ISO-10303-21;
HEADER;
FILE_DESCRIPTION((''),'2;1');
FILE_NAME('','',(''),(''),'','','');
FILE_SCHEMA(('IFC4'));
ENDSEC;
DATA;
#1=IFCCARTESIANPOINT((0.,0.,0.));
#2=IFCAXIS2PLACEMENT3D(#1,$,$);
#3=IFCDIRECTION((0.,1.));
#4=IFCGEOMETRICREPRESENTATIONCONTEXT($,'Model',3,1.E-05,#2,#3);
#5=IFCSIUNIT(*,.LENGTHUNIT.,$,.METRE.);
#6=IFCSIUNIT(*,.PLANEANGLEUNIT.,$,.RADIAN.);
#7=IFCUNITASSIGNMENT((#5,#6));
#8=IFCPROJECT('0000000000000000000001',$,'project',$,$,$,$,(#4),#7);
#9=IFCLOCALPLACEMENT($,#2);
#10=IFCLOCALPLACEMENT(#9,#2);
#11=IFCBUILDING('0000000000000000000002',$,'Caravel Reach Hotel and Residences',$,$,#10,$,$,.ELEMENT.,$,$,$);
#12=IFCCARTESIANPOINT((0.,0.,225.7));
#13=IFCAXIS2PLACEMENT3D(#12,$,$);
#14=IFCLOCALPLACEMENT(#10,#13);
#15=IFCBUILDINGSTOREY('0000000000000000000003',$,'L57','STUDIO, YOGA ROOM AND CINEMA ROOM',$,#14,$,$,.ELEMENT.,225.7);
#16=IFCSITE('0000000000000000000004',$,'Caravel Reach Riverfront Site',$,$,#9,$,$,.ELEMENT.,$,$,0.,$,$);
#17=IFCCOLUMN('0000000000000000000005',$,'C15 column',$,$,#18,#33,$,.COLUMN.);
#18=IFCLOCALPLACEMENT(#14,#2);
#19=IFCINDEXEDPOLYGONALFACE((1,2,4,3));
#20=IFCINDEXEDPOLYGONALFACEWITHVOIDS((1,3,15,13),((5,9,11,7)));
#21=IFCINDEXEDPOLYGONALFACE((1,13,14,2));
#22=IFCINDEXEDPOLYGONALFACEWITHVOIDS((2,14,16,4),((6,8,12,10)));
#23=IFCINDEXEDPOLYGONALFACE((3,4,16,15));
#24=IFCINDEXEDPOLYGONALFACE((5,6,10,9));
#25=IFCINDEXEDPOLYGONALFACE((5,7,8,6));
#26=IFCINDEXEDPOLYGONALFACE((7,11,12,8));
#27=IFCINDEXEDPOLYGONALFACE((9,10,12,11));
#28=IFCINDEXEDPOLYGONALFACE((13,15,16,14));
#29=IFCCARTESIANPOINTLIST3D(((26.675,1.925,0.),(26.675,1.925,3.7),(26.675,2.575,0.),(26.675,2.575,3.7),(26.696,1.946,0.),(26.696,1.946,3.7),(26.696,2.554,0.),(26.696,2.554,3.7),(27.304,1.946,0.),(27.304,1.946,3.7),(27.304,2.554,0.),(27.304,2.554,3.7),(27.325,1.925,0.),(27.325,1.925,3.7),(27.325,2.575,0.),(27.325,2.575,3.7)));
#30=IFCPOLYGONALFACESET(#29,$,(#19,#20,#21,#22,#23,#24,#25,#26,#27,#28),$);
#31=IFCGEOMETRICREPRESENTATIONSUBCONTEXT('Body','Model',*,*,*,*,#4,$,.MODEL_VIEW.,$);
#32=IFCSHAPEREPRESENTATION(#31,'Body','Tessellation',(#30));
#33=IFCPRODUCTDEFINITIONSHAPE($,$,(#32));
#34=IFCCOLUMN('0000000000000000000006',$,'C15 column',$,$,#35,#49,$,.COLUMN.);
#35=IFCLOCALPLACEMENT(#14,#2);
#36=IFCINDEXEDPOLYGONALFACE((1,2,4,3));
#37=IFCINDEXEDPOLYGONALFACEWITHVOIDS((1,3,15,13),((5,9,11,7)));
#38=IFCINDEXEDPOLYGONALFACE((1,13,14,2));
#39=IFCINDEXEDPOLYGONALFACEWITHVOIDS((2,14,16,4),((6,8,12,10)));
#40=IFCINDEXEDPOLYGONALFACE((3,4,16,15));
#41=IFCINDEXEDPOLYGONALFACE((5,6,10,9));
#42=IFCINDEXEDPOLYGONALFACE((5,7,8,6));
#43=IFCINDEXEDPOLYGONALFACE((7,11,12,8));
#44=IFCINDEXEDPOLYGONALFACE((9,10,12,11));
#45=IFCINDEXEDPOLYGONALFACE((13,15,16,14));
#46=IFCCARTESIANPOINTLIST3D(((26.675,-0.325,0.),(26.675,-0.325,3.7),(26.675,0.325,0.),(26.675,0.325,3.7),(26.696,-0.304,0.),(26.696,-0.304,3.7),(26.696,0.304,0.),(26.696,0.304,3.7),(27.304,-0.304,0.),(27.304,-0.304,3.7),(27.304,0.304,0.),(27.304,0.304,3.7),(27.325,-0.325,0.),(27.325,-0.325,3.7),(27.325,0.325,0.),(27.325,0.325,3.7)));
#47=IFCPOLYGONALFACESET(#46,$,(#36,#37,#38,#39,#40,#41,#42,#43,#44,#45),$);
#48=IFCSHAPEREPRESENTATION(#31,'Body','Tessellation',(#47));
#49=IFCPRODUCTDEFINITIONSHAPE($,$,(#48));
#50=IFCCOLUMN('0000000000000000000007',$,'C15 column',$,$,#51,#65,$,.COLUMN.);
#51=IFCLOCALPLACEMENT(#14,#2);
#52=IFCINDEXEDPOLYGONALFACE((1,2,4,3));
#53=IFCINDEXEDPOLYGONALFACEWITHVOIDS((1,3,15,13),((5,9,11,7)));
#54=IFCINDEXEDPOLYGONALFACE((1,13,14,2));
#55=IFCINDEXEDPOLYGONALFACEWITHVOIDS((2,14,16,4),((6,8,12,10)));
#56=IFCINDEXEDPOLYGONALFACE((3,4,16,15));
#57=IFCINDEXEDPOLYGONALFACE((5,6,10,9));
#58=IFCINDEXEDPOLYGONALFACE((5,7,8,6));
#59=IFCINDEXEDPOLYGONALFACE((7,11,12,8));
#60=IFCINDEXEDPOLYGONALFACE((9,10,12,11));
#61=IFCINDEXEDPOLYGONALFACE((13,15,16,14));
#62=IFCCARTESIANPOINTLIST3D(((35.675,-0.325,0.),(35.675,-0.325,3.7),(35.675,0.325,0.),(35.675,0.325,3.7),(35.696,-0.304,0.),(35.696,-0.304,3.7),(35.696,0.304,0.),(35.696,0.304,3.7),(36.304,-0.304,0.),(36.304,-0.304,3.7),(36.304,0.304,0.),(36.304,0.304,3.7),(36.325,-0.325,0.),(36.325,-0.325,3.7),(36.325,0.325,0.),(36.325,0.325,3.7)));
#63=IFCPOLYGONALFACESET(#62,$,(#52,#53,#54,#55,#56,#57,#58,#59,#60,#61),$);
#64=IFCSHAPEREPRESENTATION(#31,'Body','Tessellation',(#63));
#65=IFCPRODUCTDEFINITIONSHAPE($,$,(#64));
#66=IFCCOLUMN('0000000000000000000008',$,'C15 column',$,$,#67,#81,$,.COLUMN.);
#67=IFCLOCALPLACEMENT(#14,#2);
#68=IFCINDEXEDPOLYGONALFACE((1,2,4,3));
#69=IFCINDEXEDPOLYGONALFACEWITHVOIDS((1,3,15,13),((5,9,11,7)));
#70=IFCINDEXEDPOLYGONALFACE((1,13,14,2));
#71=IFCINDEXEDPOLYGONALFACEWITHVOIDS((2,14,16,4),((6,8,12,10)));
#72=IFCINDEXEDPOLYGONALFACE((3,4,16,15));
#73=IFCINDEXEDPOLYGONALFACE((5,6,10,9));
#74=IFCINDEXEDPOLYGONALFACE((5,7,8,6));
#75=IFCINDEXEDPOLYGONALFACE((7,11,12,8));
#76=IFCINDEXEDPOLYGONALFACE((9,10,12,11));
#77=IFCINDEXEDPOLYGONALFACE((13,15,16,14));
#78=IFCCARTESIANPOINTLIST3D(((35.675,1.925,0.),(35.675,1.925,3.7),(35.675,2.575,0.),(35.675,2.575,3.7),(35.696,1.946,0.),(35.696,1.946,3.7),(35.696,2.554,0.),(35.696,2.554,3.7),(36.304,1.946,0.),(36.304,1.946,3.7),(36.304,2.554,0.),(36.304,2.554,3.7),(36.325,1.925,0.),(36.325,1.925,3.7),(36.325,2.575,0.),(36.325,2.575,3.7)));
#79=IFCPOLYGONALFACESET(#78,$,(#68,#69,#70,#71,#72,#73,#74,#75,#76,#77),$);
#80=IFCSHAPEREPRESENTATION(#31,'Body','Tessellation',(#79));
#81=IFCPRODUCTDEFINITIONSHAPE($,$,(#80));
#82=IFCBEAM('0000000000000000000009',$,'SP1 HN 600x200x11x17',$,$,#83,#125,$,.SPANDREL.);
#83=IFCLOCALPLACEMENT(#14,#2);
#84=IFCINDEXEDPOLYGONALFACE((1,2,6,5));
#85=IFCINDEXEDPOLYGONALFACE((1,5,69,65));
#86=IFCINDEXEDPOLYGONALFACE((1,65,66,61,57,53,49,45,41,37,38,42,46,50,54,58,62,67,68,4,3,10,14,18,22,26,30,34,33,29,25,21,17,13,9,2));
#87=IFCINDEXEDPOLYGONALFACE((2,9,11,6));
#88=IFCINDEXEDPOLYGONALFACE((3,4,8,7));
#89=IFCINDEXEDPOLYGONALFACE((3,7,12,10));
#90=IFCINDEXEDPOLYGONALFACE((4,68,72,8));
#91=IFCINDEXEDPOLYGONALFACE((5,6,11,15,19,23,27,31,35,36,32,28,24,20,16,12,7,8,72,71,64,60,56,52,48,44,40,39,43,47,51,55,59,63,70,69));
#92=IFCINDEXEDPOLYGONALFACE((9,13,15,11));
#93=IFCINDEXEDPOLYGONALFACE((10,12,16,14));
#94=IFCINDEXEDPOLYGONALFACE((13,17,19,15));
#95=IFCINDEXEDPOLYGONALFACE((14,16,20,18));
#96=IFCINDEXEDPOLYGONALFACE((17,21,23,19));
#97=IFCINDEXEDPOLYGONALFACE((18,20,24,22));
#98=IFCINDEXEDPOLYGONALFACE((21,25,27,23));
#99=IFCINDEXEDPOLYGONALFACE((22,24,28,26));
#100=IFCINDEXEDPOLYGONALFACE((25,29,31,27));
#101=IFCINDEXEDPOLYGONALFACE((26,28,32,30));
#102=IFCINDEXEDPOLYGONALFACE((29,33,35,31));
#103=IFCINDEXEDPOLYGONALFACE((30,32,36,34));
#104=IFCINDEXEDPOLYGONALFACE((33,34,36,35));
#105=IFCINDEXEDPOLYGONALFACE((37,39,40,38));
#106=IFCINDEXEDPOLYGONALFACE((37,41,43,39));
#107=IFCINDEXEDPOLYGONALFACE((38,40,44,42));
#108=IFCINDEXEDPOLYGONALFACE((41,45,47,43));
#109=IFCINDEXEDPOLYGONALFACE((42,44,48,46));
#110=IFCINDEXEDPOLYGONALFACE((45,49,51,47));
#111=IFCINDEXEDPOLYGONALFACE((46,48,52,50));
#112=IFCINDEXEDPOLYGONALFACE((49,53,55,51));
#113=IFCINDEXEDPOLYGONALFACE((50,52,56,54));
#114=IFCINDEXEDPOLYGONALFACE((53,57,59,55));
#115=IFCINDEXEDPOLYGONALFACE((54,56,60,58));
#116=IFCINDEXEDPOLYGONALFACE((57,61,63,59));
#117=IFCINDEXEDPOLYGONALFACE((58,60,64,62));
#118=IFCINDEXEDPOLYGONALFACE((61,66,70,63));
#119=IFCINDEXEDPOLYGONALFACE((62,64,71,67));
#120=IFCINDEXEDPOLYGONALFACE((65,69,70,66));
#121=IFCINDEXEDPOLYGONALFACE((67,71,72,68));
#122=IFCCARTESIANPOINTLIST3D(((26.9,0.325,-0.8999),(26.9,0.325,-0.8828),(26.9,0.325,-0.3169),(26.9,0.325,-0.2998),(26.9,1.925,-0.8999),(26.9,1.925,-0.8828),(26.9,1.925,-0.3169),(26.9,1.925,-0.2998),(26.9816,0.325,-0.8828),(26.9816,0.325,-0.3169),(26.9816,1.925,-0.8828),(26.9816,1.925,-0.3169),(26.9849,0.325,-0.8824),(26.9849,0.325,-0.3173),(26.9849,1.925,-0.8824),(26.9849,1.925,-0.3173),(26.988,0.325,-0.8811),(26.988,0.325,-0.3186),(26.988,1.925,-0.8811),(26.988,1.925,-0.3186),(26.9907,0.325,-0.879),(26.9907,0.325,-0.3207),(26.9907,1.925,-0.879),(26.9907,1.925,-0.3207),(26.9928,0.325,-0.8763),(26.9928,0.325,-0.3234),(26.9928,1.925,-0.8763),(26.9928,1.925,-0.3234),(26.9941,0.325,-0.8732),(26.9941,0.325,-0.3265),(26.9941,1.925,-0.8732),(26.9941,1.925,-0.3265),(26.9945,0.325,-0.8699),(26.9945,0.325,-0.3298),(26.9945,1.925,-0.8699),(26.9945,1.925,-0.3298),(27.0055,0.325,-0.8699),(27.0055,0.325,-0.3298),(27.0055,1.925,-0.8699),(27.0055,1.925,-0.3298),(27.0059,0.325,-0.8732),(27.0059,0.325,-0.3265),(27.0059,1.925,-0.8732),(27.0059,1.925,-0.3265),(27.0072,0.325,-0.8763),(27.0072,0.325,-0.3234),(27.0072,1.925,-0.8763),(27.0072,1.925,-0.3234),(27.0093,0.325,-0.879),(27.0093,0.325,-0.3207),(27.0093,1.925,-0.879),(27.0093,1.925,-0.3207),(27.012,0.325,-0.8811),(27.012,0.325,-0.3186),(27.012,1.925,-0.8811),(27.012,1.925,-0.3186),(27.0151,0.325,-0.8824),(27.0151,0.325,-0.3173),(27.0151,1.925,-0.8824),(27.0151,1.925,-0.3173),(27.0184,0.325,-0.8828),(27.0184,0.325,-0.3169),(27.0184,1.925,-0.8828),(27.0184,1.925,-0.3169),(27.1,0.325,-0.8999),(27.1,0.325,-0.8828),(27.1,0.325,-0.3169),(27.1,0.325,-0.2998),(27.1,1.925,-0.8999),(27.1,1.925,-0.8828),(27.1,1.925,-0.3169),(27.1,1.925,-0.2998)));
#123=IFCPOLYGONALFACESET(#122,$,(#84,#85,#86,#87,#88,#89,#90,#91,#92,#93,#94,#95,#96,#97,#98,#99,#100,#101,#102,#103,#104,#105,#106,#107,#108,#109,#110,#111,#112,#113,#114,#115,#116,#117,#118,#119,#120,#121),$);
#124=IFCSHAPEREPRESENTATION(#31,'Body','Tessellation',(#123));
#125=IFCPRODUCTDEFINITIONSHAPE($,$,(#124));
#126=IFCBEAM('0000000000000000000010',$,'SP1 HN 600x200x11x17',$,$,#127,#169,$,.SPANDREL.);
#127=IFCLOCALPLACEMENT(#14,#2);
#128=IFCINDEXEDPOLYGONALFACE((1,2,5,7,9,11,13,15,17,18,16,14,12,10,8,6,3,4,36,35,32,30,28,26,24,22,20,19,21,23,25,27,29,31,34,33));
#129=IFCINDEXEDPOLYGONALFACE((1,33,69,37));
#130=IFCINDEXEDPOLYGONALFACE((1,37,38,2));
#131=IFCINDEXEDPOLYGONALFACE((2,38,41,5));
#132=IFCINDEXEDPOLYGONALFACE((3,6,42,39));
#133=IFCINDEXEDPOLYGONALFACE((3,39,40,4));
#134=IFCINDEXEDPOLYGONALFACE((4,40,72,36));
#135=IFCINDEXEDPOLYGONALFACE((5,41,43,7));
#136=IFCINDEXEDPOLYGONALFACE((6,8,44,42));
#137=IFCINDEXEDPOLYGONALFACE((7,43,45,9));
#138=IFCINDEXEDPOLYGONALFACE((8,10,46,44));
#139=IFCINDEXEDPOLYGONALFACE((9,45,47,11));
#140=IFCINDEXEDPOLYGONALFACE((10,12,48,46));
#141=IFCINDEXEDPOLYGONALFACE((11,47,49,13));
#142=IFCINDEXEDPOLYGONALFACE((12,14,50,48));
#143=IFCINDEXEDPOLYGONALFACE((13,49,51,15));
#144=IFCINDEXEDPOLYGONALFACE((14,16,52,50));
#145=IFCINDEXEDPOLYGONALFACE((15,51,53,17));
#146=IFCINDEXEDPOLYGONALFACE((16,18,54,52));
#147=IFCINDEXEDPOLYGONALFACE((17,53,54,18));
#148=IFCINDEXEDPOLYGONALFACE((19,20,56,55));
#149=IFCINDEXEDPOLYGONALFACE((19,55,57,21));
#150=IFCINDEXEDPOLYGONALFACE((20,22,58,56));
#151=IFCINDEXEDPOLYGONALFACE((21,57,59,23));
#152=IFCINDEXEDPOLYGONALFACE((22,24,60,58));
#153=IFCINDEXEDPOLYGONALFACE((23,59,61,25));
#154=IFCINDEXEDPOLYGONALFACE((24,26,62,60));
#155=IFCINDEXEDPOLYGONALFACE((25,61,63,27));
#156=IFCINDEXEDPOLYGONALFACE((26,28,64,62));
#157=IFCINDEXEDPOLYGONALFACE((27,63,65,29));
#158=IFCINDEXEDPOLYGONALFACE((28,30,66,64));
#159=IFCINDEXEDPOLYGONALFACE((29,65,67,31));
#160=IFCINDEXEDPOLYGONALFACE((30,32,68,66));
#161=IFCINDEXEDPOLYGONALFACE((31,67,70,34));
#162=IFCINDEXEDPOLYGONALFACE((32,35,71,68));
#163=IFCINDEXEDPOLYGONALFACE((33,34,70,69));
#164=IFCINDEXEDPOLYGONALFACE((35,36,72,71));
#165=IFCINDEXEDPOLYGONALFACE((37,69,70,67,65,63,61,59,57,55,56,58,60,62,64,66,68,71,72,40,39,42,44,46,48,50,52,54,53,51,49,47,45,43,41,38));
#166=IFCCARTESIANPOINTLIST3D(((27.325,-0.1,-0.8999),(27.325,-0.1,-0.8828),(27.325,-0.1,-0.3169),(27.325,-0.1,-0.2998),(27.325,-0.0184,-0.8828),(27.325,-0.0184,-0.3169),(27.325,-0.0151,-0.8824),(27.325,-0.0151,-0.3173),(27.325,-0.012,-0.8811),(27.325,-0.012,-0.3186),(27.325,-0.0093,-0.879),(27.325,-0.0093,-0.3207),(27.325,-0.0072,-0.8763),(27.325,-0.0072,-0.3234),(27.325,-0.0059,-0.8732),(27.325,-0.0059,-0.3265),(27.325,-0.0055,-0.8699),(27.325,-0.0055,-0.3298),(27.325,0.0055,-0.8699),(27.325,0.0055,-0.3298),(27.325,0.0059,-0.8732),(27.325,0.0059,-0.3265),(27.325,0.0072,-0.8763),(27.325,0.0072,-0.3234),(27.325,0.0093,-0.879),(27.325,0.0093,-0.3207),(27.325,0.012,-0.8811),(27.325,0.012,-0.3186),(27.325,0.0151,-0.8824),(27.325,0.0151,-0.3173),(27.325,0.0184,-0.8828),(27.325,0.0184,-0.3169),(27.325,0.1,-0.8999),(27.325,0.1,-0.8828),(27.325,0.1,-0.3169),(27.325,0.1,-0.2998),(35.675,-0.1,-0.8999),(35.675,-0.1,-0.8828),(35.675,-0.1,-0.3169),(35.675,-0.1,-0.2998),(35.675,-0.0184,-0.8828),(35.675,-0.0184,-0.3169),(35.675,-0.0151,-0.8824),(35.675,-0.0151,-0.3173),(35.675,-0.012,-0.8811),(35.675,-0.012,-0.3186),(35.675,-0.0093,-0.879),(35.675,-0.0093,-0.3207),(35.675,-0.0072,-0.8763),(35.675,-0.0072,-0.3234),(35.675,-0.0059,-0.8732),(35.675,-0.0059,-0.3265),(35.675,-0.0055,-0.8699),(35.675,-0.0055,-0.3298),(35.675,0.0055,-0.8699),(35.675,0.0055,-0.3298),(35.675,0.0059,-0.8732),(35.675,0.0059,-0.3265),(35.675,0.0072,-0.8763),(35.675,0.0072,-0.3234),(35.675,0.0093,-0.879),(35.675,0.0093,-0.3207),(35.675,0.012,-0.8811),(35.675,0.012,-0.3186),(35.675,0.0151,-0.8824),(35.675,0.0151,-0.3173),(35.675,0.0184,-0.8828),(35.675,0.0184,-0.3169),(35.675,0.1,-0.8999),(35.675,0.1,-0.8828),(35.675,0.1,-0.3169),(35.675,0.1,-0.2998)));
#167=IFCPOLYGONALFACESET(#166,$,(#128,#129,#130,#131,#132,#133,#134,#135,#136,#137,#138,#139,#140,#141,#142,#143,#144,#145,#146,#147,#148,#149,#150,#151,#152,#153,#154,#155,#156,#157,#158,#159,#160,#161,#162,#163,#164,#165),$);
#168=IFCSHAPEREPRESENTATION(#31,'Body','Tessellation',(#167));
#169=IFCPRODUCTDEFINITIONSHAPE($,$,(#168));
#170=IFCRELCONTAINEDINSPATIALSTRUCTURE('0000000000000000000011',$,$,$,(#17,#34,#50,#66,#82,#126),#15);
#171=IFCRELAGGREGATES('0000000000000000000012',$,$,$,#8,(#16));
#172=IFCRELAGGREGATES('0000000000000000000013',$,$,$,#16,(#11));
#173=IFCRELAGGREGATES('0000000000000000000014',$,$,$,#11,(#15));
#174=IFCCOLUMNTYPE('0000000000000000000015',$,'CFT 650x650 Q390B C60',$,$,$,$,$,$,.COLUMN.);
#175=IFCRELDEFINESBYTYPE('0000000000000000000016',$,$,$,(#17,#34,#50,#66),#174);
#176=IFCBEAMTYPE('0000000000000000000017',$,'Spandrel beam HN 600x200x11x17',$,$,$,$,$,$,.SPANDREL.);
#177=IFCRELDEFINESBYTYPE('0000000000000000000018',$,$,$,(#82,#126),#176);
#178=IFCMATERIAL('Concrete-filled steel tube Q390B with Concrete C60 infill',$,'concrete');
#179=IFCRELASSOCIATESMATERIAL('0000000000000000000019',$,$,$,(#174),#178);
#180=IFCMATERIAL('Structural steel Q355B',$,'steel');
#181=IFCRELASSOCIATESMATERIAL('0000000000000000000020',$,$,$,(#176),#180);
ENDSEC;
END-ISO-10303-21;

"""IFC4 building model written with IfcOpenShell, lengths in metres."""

from ifc_helpers import new_model, si_unit, direction, frame, origin, origin_2d, place, context, subcontext, project, spatial, hollow_rectangle, i_section, extrude, material, material_profile, profile_set, type_object, element, save


model = new_model("IFC4")

# Units and contexts
model_context = context("Model", 3, precision=1e-05, world=origin(), true_north=direction((0.0, 1.0)))
body_context = subcontext(model_context, "Body", "Model", "MODEL_VIEW")
ifc_project = project(units=[si_unit("LENGTHUNIT", "METRE"), si_unit("PLANEANGLEUNIT", "RADIAN")], contexts=[model_context])

# Site, building, storey
site_placement = place(None, origin())
site = spatial("IfcSite", under=ifc_project, at=site_placement, Name="Caravel Reach Riverfront Site", CompositionType="ELEMENT", RefElevation=0.0)
building_placement = place(site_placement, origin())
building = spatial("IfcBuilding", under=site, at=building_placement, Name="Caravel Reach Hotel and Residences", CompositionType="ELEMENT")
storey_placement = place(building_placement, frame((0.0, 0.0, 225.7)))
storey = spatial("IfcBuildingStorey", under=building, at=storey_placement, Name="L57", Description="STUDIO, YOGA ROOM AND CINEMA ROOM", CompositionType="ELEMENT", Elevation=225.7)

# Columns
ifc_material_1 = material(Name="Concrete-filled steel tube Q390B with Concrete C60 infill", Category="concrete")
ifc_material_profile_1 = material_profile(ifc_material_1, hollow_rectangle(XDim=0.6499, YDim=0.6499, WallThickness=0.021, at=origin_2d()), Name="RHS 650x650x21")
ifc_profile_set_1 = profile_set([ifc_material_profile_1], Name="Concrete-filled steel tube Q390B with Concrete C60 infill")
column_type = type_object("IfcColumnType", Name="CFT 650x650 Q390B C60", PredefinedType="COLUMN", material=ifc_profile_set_1)
for number, where, z_axis, x_axis, name in (
    (1, (27.0, 2.25, 0.0), (0.0, 0.0, 1.0), (1.0, 0.0, 0.0), "C15 column"),
    (2, (27.0, 0.0, 0.0), (0.0, 0.0, 1.0), (1.0, 0.0, 0.0), "C15 column"),
    (3, (36.0, 0.0, 0.0), (0.0, 0.0, 1.0), (1.0, 0.0, 0.0), "C15 column"),
    (4, (36.0, 2.25, 0.0), (0.0, 0.0, 1.0), (1.0, 0.0, 0.0), "C15 column"),
):
    element("IfcColumn", number, at=place(storey_placement, frame(where, z_axis=z_axis, x_axis=x_axis)), inside=storey, type_object=column_type, Name=name, PredefinedType="COLUMN", context=body_context, shape_type="SweptSolid", body=[
        extrude(hollow_rectangle(XDim=0.6499, YDim=0.6499, WallThickness=0.021, at=origin_2d()), origin(), (0.0, 0.0, 1.0), 3.7),
    ])

# Beams
ifc_material_2 = material(Name="Structural steel Q355B", Category="steel")
ifc_material_profile_2 = material_profile(ifc_material_2, i_section(OverallWidth=0.2, OverallDepth=0.6001, WebThickness=0.011, FlangeThickness=0.0171, FilletRadius=0.0129, at=origin_2d()), Name="HN 600x200x11x17")
ifc_profile_set_2 = profile_set([ifc_material_profile_2], Name="Structural steel Q355B")
beam_type = type_object("IfcBeamType", Name="Spandrel beam HN 600x200x11x17", PredefinedType="SPANDREL", material=ifc_profile_set_2)
beam_1_placement = place(storey_placement, frame((27.0, 1.925, -0.5999), z_axis=(0.0, -1.0, 0.0), x_axis=(1.0, 0.0, 0.0)))
element("IfcBeam", 5, at=beam_1_placement, inside=storey, type_object=beam_type, Name="SP1 HN 600x200x11x17", PredefinedType="SPANDREL", context=body_context, shape_type="SweptSolid", body=[
    extrude(i_section(OverallWidth=0.2, OverallDepth=0.6001, WebThickness=0.011, FlangeThickness=0.0171, FilletRadius=0.0129, at=origin_2d()), origin(), (0.0, 0.0, 1.0), 1.6001),
])
beam_2_placement = place(storey_placement, frame((27.325, 0.0, -0.5999), z_axis=(1.0, 0.0, 0.0), x_axis=(0.0, 1.0, 0.0)))
element("IfcBeam", 6, at=beam_2_placement, inside=storey, type_object=beam_type, Name="SP1 HN 600x200x11x17", PredefinedType="SPANDREL", context=body_context, shape_type="SweptSolid", body=[
    extrude(i_section(OverallWidth=0.2, OverallDepth=0.6001, WebThickness=0.011, FlangeThickness=0.0171, FilletRadius=0.0129, at=origin_2d()), origin(), (0.0, 0.0, 1.0), 8.3501),
])

save(model, "model.ifc")
